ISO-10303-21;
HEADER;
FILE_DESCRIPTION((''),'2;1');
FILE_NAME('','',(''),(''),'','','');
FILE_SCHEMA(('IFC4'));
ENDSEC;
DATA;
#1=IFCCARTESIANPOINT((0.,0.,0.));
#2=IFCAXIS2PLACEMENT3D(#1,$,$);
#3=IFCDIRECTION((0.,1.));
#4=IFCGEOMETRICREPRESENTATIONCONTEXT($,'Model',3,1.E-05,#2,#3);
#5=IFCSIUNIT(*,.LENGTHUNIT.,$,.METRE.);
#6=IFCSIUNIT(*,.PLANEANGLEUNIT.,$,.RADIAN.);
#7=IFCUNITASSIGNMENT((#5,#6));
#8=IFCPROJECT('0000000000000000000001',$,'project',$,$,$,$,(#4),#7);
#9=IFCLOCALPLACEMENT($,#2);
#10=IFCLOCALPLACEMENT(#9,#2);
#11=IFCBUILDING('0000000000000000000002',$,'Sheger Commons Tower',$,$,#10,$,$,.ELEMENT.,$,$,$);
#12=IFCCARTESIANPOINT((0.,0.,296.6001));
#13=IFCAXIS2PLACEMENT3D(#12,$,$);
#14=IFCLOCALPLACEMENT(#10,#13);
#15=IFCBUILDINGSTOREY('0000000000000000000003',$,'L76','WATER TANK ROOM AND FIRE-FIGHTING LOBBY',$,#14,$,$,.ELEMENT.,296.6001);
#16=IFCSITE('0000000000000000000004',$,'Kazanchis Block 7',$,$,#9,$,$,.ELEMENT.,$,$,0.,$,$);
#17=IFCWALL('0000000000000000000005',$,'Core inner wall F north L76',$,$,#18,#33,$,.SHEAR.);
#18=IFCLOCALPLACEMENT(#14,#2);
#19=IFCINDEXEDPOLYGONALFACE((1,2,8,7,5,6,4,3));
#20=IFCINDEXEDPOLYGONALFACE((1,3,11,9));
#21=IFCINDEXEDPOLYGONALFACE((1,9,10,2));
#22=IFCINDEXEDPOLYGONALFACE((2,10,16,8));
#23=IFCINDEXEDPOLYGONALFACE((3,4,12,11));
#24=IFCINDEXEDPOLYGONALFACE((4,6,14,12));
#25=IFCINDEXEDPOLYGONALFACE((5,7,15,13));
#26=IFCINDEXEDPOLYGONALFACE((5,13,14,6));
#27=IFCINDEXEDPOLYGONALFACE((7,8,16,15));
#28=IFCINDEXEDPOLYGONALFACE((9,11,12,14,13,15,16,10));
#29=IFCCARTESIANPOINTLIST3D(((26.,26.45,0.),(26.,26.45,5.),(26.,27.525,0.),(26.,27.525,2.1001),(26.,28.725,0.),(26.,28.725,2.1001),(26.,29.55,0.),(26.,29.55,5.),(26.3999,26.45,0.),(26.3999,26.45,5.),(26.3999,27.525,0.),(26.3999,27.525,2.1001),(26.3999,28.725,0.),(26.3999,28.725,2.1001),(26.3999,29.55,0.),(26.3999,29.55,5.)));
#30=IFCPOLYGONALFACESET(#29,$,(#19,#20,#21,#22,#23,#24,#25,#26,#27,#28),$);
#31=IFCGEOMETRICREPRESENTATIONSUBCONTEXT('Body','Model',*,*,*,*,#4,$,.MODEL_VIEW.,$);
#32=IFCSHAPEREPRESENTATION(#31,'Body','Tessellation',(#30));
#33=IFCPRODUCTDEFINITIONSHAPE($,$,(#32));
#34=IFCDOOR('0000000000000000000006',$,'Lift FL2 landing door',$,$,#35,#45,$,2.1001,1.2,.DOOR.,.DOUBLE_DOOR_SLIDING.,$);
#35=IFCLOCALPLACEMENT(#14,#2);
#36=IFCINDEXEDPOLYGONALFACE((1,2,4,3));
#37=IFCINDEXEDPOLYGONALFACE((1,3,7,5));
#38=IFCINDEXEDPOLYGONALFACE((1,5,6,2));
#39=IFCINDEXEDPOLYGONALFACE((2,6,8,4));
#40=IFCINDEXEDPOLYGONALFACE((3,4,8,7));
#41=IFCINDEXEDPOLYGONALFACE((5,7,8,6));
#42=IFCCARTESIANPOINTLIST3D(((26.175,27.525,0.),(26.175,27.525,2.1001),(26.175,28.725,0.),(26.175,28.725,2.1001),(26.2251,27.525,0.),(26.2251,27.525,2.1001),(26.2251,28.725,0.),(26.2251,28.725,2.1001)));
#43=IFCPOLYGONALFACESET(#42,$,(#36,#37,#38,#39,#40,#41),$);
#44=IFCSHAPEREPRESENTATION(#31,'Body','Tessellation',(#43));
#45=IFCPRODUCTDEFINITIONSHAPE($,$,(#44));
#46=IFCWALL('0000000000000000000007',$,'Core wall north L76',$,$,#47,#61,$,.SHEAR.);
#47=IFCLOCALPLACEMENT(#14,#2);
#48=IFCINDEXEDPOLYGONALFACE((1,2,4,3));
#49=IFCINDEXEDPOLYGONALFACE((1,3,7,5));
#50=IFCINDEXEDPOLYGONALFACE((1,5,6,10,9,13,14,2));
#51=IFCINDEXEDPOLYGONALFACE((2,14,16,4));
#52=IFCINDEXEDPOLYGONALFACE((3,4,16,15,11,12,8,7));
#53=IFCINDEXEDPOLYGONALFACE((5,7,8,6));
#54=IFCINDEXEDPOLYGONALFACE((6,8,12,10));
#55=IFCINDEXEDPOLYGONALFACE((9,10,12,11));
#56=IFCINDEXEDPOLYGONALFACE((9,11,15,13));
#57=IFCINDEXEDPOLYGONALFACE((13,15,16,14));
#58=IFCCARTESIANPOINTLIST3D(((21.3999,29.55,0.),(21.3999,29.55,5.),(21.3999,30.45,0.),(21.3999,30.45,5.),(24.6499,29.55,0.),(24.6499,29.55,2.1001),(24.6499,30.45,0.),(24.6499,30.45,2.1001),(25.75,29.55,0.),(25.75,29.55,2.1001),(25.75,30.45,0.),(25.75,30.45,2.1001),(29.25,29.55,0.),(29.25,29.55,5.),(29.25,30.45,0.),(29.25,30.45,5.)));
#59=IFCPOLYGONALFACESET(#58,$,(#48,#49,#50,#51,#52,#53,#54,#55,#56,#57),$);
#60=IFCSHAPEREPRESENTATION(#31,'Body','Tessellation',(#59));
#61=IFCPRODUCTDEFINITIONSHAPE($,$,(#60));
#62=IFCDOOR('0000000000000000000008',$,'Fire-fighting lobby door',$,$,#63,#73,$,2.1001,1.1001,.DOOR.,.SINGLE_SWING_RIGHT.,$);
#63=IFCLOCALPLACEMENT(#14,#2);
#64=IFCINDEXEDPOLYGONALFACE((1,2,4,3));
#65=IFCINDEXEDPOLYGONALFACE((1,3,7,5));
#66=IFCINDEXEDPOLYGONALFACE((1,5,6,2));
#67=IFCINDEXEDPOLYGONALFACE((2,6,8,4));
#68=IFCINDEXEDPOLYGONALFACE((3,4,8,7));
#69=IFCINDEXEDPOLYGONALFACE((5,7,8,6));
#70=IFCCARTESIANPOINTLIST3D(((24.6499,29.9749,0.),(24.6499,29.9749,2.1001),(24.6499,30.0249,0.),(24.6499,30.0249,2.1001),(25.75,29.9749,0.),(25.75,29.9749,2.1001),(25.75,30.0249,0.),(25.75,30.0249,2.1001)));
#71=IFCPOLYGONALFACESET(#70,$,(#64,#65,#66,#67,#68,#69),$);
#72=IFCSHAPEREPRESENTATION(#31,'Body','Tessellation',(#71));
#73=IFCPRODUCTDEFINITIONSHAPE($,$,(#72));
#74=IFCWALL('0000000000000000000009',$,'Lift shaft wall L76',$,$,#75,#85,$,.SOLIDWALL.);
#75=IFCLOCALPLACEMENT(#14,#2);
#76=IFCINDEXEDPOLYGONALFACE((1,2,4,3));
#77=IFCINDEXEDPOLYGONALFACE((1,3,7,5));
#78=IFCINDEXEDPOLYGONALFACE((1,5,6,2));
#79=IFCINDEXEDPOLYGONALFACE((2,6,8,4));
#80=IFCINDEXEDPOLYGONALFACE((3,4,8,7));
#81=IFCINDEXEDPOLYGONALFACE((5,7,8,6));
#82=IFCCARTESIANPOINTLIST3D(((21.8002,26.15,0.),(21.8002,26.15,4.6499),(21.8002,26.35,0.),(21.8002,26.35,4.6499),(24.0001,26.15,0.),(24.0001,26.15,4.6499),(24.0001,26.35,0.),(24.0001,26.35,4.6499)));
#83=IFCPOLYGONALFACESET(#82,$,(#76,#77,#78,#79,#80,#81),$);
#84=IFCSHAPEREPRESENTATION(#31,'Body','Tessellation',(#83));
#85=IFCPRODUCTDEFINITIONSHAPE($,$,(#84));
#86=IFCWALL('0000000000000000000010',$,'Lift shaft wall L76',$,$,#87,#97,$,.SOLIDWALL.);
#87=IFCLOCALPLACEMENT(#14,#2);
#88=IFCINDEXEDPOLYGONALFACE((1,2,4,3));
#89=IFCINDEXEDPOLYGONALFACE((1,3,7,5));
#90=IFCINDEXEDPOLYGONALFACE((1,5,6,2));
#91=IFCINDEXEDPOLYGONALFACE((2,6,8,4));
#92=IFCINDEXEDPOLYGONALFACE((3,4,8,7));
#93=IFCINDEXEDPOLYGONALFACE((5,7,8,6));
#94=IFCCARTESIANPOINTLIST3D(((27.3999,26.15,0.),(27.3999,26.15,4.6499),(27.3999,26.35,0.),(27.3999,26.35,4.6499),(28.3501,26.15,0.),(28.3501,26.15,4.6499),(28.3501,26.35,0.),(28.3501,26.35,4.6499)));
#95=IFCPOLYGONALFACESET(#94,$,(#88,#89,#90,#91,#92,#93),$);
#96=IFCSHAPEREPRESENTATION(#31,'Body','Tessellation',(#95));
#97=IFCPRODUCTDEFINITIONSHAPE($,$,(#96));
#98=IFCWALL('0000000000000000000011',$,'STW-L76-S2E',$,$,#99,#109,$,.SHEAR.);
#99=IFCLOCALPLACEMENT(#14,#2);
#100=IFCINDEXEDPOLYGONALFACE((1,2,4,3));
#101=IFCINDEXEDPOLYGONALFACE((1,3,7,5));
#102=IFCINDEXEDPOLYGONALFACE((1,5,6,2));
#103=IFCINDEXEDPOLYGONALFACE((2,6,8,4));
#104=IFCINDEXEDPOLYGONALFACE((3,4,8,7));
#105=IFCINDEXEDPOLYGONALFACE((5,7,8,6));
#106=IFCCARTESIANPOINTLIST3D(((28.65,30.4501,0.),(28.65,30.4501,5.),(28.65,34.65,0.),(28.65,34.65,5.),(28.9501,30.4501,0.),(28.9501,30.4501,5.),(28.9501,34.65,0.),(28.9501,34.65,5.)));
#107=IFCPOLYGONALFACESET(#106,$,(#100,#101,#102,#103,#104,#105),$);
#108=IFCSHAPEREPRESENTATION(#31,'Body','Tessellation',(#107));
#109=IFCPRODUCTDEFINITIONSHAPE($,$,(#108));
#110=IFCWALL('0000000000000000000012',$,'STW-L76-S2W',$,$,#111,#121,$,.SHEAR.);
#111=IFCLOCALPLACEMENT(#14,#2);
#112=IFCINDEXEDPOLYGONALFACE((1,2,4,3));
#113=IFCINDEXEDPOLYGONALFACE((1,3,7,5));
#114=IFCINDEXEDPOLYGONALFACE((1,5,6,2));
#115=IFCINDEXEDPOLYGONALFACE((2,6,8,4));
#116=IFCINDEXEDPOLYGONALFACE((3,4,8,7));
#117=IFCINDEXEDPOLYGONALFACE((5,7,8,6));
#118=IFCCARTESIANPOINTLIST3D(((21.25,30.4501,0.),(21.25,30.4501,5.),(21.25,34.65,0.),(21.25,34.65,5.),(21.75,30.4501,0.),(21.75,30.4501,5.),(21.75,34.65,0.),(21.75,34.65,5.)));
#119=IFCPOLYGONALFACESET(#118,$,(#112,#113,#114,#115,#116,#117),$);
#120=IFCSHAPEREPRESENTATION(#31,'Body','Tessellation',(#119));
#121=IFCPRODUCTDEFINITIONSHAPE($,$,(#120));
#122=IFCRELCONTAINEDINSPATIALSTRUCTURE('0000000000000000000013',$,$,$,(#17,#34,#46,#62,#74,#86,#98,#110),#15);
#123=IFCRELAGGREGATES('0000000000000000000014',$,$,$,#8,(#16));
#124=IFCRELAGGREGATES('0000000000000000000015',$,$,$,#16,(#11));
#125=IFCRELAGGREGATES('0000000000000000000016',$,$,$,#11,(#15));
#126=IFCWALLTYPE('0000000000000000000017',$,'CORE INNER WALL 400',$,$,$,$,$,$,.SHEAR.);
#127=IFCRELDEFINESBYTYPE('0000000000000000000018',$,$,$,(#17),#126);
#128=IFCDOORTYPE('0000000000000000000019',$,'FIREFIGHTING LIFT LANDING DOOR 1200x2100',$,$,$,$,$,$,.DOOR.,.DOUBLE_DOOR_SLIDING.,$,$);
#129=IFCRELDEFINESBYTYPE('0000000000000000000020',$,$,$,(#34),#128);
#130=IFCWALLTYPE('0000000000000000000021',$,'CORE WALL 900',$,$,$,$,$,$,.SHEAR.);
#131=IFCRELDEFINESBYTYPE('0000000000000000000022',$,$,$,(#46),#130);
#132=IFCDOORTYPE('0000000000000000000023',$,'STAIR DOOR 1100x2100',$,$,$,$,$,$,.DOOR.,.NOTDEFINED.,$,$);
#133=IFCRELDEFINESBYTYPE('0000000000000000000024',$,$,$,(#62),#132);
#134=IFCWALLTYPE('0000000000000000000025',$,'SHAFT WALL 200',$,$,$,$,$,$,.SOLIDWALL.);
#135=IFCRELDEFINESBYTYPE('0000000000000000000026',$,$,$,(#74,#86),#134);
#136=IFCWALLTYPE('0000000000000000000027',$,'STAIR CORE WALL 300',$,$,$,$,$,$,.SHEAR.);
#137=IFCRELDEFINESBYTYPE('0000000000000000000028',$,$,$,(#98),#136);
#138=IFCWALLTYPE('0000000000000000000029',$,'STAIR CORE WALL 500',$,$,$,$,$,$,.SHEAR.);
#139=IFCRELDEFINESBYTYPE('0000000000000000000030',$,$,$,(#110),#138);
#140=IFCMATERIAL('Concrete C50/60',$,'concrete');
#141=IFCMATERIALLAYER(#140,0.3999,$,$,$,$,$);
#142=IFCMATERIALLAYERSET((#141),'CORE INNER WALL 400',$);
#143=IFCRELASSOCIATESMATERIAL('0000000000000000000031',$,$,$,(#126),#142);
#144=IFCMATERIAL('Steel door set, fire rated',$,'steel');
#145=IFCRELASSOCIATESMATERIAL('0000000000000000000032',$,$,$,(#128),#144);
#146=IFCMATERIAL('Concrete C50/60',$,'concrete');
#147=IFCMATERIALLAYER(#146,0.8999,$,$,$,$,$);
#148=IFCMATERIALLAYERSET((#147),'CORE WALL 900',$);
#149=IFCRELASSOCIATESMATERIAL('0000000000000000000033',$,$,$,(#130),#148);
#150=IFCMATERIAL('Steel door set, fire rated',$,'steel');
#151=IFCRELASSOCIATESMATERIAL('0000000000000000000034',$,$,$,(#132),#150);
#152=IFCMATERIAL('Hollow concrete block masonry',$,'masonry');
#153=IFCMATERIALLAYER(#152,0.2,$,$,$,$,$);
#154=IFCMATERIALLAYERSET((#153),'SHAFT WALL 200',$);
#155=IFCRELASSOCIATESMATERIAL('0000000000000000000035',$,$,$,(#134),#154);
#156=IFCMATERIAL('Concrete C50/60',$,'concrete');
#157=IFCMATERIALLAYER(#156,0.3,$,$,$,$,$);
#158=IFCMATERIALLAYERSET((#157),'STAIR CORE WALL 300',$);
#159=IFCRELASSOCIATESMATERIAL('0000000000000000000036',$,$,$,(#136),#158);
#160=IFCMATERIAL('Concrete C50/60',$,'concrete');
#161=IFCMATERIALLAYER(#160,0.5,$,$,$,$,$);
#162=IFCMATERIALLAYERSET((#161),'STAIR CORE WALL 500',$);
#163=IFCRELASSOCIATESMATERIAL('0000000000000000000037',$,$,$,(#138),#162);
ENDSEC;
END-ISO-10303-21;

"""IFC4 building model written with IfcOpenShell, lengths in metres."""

from ifc_helpers import new_model, si_unit, direction, frame, frame_2d, origin, place, context, subcontext, project, spatial, rectangle, extrude, material, layer, layer_set, type_object, element, fill, save


model = new_model("IFC4")

# Units and contexts
model_context = context("Model", 3, precision=1e-05, world=origin(), true_north=direction((0.0, 1.0)))
body_context = subcontext(model_context, "Body", "Model", "MODEL_VIEW")
ifc_project = project(units=[si_unit("LENGTHUNIT", "METRE"), si_unit("PLANEANGLEUNIT", "RADIAN")], contexts=[model_context])

# Site, building, storey
site_placement = place(None, origin())
site = spatial("IfcSite", under=ifc_project, at=site_placement, Name="Kazanchis Block 7", CompositionType="ELEMENT", RefElevation=0.0)
building_placement = place(site_placement, origin())
building = spatial("IfcBuilding", under=site, at=building_placement, Name="Sheger Commons Tower", CompositionType="ELEMENT")
storey_placement = place(building_placement, frame((0.0, 0.0, 296.6001)))
storey = spatial("IfcBuildingStorey", under=building, at=storey_placement, Name="L76", Description="WATER TANK ROOM AND FIRE-FIGHTING LOBBY", CompositionType="ELEMENT", Elevation=296.6001)

# Shared definitions
ifc_material_1 = material(Name="Concrete C50/60", Category="concrete")
ifc_layer_1 = layer(ifc_material_1, 0.3999)
ifc_layer_set_1 = layer_set([ifc_layer_1], Name="CORE INNER WALL 400")
wall_type_1 = type_object("IfcWallType", Name="CORE INNER WALL 400", PredefinedType="SHEAR", material=ifc_layer_set_1)

# Walls, openings, doors
wall_1_placement = place(storey_placement, frame((26.2, 26.45, 0.0), z_axis=(0.0, 0.0, 1.0), x_axis=(0.0, 1.0, 0.0)))
wall_1 = element("IfcWall", 1, at=wall_1_placement, inside=storey, type_object=wall_type_1, Name="Core inner wall F north L76", PredefinedType="SHEAR", context=body_context, shape_type="SweptSolid", body=[
    extrude(rectangle(XDim=3.1001, YDim=0.3999, at=frame_2d((1.55, 0.0))), origin(), (0.0, 0.0, 1.0), 5.0),
])
opening_1_placement = place(wall_1_placement, frame((1.075, 0.0, 0.0)))
opening_1 = element("IfcOpeningElement", 2, at=opening_1_placement, cuts=wall_1, PredefinedType="OPENING", context=body_context, shape_type="SweptSolid", body=[
    extrude(rectangle(XDim=1.2, YDim=2.1001, at=frame_2d((0.6001, 1.05))), frame((0.0, 0.21, 0.0), z_axis=(0.0, -1.0, 0.0), x_axis=(1.0, 0.0, 0.0)), (0.0, 0.0, 1.0), 0.4199),
])
ifc_material_2 = material(Name="Steel door set, fire rated", Category="steel")
door_type_1 = type_object("IfcDoorType", Name="FIREFIGHTING LIFT LANDING DOOR 1200x2100", OperationType="DOUBLE_DOOR_SLIDING", PredefinedType="DOOR", material=ifc_material_2)
door_1_placement = place(opening_1_placement, origin())
door_1 = element("IfcDoor", 3, at=door_1_placement, inside=storey, type_object=door_type_1, Name="Lift FL2 landing door", OperationType="DOUBLE_DOOR_SLIDING", OverallHeight=2.1001, OverallWidth=1.2, PredefinedType="DOOR", context=body_context, shape_type="SweptSolid", body=[
    extrude(rectangle(XDim=1.2, YDim=2.1001, at=frame_2d((0.6001, 1.05))), frame((0.0, 0.0249, 0.0), z_axis=(0.0, -1.0, 0.0), x_axis=(1.0, 0.0, 0.0)), (0.0, 0.0, 1.0), 0.05),
])
fill(opening_1, door_1)
ifc_material_3 = material(Name="Concrete C50/60", Category="concrete")
ifc_layer_2 = layer(ifc_material_3, 0.8999)
ifc_layer_set_2 = layer_set([ifc_layer_2], Name="CORE WALL 900")
wall_type_2 = type_object("IfcWallType", Name="CORE WALL 900", PredefinedType="SHEAR", material=ifc_layer_set_2)
wall_2_placement = place(storey_placement, frame((21.3999, 30.0, 0.0), z_axis=(0.0, 0.0, 1.0), x_axis=(1.0, 0.0, 0.0)))
wall_2 = element("IfcWall", 4, at=wall_2_placement, inside=storey, type_object=wall_type_2, Name="Core wall north L76", PredefinedType="SHEAR", context=body_context, shape_type="SweptSolid", body=[
    extrude(rectangle(XDim=7.8501, YDim=0.8999, at=frame_2d((3.925, 0.0))), origin(), (0.0, 0.0, 1.0), 5.0),
])
opening_2_placement = place(wall_2_placement, frame((3.25, 0.0, 0.0)))
opening_2 = element("IfcOpeningElement", 5, at=opening_2_placement, cuts=wall_2, PredefinedType="OPENING", context=body_context, shape_type="SweptSolid", body=[
    extrude(rectangle(XDim=1.1001, YDim=2.1001, at=frame_2d((0.55, 1.05))), frame((0.0, 0.46, 0.0), z_axis=(0.0, -1.0, 0.0), x_axis=(1.0, 0.0, 0.0)), (0.0, 0.0, 1.0), 0.9199),
])
ifc_material_4 = material(Name="Steel door set, fire rated", Category="steel")
door_type_2 = type_object("IfcDoorType", Name="STAIR DOOR 1100x2100", OperationType="NOTDEFINED", PredefinedType="DOOR", material=ifc_material_4)
door_2_placement = place(opening_2_placement, origin())
door_2 = element("IfcDoor", 6, at=door_2_placement, inside=storey, type_object=door_type_2, Name="Fire-fighting lobby door", OperationType="SINGLE_SWING_RIGHT", OverallHeight=2.1001, OverallWidth=1.1001, PredefinedType="DOOR", context=body_context, shape_type="SweptSolid", body=[
    extrude(rectangle(XDim=1.1001, YDim=2.1001, at=frame_2d((0.55, 1.05))), frame((0.0, 0.0249, 0.0), z_axis=(0.0, -1.0, 0.0), x_axis=(1.0, 0.0, 0.0)), (0.0, 0.0, 1.0), 0.05),
])
fill(opening_2, door_2)

# Walls
ifc_material_5 = material(Name="Hollow concrete block masonry", Category="masonry")
ifc_layer_3 = layer(ifc_material_5, 0.2)
ifc_layer_set_3 = layer_set([ifc_layer_3], Name="SHAFT WALL 200")
wall_type_3 = type_object("IfcWallType", Name="SHAFT WALL 200", PredefinedType="SOLIDWALL", material=ifc_layer_set_3)
wall_3_placement = place(storey_placement, frame((21.8, 26.25, 0.0), z_axis=(0.0, 0.0, 1.0), x_axis=(1.0, 0.0, 0.0)))
element("IfcWall", 7, at=wall_3_placement, inside=storey, type_object=wall_type_3, Name="Lift shaft wall L76", PredefinedType="SOLIDWALL", context=body_context, shape_type="SweptSolid", body=[
    extrude(rectangle(XDim=2.2, YDim=0.2, at=frame_2d((1.1001, 0.0))), origin(), (0.0, 0.0, 1.0), 4.6499),
])
wall_4_placement = place(storey_placement, frame((27.3999, 26.25, 0.0), z_axis=(0.0, 0.0, 1.0), x_axis=(1.0, 0.0, 0.0)))
element("IfcWall", 8, at=wall_4_placement, inside=storey, type_object=wall_type_3, Name="Lift shaft wall L76", PredefinedType="SOLIDWALL", context=body_context, shape_type="SweptSolid", body=[
    extrude(rectangle(XDim=0.9502, YDim=0.2, at=frame_2d((0.4751, 0.0))), origin(), (0.0, 0.0, 1.0), 4.6499),
])
ifc_material_6 = material(Name="Concrete C50/60", Category="concrete")
ifc_layer_4 = layer(ifc_material_6, 0.3)
ifc_layer_set_4 = layer_set([ifc_layer_4], Name="STAIR CORE WALL 300")
wall_type_4 = type_object("IfcWallType", Name="STAIR CORE WALL 300", PredefinedType="SHEAR", material=ifc_layer_set_4)
wall_5_placement = place(storey_placement, frame((28.8, 30.45, 0.0), z_axis=(0.0, 0.0, 1.0), x_axis=(0.0, 1.0, 0.0)))
element("IfcWall", 9, at=wall_5_placement, inside=storey, type_object=wall_type_4, Name="STW-L76-S2E", PredefinedType="SHEAR", context=body_context, shape_type="SweptSolid", body=[
    extrude(rectangle(XDim=4.2, YDim=0.3, at=frame_2d((2.1001, 0.0))), origin(), (0.0, 0.0, 1.0), 5.0),
])
ifc_material_7 = material(Name="Concrete C50/60", Category="concrete")
ifc_layer_5 = layer(ifc_material_7, 0.5)
ifc_layer_set_5 = layer_set([ifc_layer_5], Name="STAIR CORE WALL 500")
wall_type_5 = type_object("IfcWallType", Name="STAIR CORE WALL 500", PredefinedType="SHEAR", material=ifc_layer_set_5)
wall_6_placement = place(storey_placement, frame((21.5, 30.45, 0.0), z_axis=(0.0, 0.0, 1.0), x_axis=(0.0, 1.0, 0.0)))
element("IfcWall", 10, at=wall_6_placement, inside=storey, type_object=wall_type_5, Name="STW-L76-S2W", PredefinedType="SHEAR", context=body_context, shape_type="SweptSolid", body=[
    extrude(rectangle(XDim=4.2, YDim=0.5, at=frame_2d((2.1001, 0.0))), origin(), (0.0, 0.0, 1.0), 5.0),
])

save(model, "model.ifc")
